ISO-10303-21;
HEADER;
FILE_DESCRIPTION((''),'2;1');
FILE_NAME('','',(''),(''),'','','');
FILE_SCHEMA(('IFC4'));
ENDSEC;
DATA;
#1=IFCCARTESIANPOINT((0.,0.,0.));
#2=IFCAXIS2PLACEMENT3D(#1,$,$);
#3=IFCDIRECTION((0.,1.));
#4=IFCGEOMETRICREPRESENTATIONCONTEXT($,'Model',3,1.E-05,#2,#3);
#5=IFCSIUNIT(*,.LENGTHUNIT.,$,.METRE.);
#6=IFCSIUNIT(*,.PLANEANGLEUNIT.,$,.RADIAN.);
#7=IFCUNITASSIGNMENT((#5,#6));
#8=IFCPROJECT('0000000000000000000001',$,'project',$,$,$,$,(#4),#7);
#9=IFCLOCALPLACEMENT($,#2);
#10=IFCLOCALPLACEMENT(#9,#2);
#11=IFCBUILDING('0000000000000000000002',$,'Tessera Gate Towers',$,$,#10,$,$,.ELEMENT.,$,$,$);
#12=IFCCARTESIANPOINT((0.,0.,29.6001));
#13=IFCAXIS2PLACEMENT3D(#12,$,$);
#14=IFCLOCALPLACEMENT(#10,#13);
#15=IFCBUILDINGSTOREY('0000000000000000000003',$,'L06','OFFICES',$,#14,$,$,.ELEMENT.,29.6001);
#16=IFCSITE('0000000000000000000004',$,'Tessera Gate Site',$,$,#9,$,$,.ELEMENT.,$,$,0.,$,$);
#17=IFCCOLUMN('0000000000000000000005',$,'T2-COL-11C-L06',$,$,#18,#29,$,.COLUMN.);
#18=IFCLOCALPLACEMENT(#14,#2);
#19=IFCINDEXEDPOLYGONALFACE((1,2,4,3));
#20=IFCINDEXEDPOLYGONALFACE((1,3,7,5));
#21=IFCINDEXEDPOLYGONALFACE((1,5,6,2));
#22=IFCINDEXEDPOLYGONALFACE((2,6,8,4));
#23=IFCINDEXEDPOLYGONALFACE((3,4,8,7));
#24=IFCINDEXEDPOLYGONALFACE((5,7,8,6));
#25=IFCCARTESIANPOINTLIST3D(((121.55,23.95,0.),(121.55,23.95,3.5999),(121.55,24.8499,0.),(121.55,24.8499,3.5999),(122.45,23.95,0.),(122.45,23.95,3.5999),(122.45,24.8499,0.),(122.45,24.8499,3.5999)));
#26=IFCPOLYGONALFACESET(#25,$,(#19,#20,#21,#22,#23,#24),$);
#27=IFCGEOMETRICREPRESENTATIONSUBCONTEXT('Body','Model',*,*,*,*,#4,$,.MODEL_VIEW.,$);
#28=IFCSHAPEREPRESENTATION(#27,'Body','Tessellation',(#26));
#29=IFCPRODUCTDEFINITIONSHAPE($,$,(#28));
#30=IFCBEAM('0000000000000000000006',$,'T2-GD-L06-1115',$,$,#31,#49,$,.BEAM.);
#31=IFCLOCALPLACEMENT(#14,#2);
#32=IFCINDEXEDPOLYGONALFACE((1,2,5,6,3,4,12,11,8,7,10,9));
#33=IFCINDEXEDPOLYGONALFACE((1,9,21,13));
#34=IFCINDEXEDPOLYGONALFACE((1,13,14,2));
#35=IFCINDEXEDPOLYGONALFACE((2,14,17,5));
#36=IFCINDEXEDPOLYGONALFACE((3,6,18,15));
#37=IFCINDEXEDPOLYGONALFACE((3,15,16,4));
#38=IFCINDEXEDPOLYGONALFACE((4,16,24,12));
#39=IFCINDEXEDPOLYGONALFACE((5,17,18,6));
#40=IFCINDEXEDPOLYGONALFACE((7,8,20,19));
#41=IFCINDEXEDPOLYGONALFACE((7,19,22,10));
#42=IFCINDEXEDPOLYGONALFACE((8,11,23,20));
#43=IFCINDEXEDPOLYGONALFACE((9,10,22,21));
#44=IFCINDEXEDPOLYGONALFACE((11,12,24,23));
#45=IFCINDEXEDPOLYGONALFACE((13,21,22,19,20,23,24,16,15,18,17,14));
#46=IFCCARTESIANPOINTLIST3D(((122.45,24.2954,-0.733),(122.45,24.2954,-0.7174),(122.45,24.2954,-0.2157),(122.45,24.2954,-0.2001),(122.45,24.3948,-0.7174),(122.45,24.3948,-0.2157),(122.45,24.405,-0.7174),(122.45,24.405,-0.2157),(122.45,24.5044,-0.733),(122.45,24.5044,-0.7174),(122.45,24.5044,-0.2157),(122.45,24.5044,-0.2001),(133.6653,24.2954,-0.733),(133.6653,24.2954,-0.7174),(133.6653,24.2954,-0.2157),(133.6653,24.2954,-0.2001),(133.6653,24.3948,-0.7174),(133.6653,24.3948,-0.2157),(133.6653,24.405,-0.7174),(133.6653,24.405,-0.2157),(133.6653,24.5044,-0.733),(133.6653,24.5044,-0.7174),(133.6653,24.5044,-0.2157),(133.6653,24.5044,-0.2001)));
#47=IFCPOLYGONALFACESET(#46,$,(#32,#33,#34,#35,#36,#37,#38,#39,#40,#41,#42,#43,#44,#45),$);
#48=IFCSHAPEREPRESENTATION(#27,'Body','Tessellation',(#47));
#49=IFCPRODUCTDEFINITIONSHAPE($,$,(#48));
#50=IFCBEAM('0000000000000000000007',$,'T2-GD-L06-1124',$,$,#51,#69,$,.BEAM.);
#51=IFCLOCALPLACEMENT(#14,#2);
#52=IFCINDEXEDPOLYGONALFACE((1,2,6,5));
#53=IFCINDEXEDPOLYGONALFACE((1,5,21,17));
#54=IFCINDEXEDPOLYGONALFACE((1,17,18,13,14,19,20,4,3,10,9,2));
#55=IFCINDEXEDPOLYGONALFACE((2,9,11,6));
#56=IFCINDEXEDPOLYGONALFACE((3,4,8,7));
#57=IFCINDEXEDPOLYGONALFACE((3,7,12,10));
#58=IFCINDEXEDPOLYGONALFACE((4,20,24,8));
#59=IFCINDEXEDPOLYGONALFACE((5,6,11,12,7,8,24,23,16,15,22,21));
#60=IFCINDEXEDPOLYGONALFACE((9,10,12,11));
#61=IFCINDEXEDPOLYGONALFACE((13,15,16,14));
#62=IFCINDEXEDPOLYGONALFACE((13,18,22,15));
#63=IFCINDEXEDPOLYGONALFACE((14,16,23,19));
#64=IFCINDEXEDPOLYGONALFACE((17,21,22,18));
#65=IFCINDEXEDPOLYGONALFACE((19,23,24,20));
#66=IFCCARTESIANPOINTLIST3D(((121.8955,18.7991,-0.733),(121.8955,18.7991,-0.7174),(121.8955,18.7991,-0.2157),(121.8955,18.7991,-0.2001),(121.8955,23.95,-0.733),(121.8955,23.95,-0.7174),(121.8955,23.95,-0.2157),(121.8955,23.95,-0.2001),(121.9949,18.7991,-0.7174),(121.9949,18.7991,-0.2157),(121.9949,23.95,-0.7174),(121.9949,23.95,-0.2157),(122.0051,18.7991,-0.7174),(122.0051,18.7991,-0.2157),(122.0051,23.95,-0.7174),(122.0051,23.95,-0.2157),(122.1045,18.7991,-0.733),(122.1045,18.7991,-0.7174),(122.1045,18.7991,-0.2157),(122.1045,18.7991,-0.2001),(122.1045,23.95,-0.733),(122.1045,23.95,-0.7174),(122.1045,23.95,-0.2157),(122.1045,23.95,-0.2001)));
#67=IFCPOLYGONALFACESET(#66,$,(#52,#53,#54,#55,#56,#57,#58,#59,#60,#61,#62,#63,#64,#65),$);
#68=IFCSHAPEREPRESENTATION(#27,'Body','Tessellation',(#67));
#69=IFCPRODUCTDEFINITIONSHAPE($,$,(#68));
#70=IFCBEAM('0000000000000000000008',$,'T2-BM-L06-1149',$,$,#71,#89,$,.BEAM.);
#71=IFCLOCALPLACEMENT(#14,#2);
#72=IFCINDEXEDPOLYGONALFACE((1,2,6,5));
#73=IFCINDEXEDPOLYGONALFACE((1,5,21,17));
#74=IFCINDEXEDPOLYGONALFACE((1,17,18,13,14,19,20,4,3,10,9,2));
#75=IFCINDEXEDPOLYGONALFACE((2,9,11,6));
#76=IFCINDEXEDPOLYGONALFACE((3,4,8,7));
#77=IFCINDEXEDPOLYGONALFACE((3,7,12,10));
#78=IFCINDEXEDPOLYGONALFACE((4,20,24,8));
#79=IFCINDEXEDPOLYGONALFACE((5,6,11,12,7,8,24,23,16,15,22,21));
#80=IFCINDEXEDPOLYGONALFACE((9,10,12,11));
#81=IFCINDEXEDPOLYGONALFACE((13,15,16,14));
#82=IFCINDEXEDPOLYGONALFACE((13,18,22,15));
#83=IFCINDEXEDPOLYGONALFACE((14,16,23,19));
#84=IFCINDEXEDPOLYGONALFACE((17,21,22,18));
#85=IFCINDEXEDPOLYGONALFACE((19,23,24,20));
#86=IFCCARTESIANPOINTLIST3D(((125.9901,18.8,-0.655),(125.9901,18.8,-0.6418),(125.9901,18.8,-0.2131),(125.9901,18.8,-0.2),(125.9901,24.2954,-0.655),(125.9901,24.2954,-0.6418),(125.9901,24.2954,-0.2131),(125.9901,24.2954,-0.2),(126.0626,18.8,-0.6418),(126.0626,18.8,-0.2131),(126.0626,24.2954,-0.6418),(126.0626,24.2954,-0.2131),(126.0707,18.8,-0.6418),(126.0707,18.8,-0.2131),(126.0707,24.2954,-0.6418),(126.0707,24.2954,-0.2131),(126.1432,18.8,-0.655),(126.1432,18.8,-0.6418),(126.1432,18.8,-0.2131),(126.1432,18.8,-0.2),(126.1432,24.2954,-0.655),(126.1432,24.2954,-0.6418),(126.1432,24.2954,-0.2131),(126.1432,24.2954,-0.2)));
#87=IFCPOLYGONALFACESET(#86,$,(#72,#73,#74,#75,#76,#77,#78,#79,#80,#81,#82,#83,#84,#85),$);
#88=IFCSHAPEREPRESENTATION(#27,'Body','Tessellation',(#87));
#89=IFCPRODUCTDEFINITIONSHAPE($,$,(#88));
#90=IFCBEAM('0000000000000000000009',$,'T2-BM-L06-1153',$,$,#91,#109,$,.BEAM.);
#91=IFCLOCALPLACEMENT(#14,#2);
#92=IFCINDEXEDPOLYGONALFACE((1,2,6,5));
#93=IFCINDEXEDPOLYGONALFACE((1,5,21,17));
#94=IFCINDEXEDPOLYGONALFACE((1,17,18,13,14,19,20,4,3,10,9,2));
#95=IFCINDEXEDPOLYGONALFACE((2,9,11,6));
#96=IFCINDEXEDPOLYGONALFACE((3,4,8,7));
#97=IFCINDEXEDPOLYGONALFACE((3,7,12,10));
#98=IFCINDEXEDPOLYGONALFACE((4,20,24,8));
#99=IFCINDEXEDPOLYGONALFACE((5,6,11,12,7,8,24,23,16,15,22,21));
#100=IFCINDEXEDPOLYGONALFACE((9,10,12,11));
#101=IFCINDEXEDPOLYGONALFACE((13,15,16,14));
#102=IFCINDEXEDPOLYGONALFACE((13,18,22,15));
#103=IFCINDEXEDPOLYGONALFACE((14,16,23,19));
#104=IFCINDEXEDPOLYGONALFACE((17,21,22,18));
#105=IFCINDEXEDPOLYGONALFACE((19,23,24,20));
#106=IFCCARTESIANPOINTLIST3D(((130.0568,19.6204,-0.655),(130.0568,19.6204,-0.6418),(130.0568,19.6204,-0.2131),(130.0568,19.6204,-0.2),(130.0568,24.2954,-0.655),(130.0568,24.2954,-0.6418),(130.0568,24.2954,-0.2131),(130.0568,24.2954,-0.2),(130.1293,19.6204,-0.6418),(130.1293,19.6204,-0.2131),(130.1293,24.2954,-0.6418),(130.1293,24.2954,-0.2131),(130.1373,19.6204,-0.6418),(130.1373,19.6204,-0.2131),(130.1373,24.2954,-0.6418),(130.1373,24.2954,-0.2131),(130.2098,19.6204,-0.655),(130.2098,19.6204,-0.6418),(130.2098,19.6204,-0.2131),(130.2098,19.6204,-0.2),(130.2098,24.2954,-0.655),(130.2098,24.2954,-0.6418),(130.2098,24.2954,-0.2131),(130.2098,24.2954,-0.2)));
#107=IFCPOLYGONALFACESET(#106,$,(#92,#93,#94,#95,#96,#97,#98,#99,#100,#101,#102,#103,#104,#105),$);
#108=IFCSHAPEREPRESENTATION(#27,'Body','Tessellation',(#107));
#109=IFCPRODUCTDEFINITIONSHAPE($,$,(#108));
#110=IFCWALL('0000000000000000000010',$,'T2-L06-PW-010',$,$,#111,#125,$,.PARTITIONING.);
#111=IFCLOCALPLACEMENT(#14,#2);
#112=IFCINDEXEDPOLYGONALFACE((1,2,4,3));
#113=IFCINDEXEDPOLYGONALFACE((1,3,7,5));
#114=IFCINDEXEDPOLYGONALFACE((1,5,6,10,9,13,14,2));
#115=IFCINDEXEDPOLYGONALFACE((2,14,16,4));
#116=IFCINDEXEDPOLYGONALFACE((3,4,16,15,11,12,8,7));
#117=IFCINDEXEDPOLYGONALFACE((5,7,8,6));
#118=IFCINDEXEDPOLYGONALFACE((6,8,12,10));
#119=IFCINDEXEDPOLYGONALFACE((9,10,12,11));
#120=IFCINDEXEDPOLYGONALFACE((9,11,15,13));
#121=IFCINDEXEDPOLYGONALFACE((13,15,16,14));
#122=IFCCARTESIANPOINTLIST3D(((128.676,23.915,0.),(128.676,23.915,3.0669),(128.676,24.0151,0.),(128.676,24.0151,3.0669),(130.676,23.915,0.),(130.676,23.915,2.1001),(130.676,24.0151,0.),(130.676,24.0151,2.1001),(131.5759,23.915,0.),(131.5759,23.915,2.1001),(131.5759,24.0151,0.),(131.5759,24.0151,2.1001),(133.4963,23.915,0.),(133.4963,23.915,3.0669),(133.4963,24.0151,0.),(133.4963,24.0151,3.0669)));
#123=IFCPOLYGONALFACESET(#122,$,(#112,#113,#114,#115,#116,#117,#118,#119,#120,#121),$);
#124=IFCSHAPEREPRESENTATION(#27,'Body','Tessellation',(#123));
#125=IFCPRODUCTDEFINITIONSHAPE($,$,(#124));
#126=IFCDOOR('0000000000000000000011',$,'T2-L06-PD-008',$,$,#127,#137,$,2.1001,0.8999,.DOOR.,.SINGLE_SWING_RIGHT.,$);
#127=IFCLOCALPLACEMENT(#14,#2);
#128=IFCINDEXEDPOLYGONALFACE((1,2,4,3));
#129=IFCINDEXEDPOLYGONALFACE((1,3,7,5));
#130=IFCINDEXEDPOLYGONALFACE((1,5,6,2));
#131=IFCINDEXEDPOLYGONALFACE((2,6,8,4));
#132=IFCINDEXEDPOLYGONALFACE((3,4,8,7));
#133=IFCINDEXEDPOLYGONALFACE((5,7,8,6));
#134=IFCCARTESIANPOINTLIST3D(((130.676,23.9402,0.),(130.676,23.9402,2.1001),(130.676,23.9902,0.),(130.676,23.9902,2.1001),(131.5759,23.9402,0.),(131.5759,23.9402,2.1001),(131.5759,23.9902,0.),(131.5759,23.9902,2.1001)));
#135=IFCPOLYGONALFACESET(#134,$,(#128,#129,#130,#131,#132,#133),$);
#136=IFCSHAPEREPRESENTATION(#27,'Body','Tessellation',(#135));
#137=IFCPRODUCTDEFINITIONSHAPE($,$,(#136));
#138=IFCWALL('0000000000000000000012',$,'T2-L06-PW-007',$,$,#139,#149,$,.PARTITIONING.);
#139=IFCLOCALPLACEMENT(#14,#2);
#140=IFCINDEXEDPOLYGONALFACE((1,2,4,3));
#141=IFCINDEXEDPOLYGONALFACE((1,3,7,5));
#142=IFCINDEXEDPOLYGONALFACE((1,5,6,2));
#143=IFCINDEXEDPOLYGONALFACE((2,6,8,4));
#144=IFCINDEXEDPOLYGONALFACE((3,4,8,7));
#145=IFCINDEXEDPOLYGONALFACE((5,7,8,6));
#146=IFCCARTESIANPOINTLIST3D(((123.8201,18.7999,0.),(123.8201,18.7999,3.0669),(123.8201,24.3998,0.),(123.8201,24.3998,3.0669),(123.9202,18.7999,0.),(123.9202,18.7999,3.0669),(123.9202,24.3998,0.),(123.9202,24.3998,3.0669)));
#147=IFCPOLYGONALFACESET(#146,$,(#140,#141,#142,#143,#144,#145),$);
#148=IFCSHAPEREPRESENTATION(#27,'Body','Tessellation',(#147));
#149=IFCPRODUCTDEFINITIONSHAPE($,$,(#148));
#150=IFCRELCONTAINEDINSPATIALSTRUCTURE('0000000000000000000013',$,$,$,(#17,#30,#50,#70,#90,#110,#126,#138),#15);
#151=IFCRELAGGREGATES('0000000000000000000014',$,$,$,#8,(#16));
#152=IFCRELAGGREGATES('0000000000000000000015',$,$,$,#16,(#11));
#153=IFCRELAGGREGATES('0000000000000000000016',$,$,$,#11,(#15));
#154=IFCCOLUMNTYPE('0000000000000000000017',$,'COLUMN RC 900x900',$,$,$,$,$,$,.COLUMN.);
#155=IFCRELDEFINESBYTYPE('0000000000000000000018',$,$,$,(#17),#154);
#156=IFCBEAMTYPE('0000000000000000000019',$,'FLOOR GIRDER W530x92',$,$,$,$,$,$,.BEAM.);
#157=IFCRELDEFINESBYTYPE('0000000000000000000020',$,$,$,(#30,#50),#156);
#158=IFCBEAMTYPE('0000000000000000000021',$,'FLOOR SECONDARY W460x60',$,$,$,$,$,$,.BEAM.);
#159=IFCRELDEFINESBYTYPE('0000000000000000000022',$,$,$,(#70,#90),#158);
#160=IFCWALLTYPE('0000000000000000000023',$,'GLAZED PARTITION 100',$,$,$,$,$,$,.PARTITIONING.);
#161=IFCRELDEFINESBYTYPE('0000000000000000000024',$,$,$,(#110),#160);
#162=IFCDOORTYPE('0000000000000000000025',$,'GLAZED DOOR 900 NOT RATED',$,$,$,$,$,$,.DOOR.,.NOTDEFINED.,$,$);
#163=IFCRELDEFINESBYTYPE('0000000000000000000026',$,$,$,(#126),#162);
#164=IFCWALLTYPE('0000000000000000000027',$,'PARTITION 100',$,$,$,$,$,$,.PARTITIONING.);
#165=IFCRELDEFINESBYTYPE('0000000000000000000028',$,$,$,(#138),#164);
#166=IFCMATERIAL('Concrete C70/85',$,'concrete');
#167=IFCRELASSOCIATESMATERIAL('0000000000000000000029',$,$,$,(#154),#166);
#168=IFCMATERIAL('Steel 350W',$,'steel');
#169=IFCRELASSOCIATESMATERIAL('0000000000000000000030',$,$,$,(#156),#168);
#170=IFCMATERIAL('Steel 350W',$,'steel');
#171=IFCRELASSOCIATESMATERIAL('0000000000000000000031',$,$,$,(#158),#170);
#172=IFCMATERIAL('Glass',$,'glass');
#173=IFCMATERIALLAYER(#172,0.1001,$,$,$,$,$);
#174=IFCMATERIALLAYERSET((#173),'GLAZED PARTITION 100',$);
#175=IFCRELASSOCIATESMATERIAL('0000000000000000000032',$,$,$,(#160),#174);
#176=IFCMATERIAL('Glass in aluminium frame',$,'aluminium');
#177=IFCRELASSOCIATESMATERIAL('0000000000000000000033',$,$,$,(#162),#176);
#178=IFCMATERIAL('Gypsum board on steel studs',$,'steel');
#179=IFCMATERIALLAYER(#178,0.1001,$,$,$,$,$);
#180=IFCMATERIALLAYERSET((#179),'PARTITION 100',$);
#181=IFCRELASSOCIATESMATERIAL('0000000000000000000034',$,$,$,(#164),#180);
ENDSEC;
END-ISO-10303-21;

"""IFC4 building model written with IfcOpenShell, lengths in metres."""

from ifc_helpers import new_model, si_unit, direction, frame, frame_2d, origin, origin_2d, place, context, subcontext, project, spatial, rectangle, i_section, extrude, source, transform, mapped, material, layer, layer_set, material_profile, profile_set, type_object, element, fill, save


model = new_model("IFC4")

# Units and contexts
model_context = context("Model", 3, precision=1e-05, world=origin(), true_north=direction((0.0, 1.0)))
body_context = subcontext(model_context, "Body", "Model", "MODEL_VIEW")
ifc_project = project(units=[si_unit("LENGTHUNIT", "METRE"), si_unit("PLANEANGLEUNIT", "RADIAN")], contexts=[model_context])

# Site, building, storey
site_placement = place(None, origin())
site = spatial("IfcSite", under=ifc_project, at=site_placement, Name="Tessera Gate Site", CompositionType="ELEMENT", RefElevation=0.0)
building_placement = place(site_placement, origin())
building = spatial("IfcBuilding", under=site, at=building_placement, Name="Tessera Gate Towers", CompositionType="ELEMENT")
storey_placement = place(building_placement, frame((0.0, 0.0, 29.6001)))
storey = spatial("IfcBuildingStorey", under=building, at=storey_placement, Name="L06", Description="OFFICES", CompositionType="ELEMENT", Elevation=29.6001)

# Column
ifc_material_1 = material(Name="Concrete C70/85", Category="concrete")
ifc_material_profile_1 = material_profile(ifc_material_1, rectangle(XDim=0.8999, YDim=0.8999, at=origin_2d()), Name="RC 900x900")
ifc_profile_set_1 = profile_set([ifc_material_profile_1], Name="Concrete C70/85")
column_type = type_object("IfcColumnType", Name="COLUMN RC 900x900", PredefinedType="COLUMN", material=ifc_profile_set_1)
column_placement = place(storey_placement, frame((122.0, 24.3999, 0.0), z_axis=(0.0, 0.0, 1.0), x_axis=(1.0, 0.0, 0.0)))
element("IfcColumn", 1, at=column_placement, inside=storey, type_object=column_type, Name="T2-COL-11C-L06", PredefinedType="COLUMN", context=body_context, shape_type="SweptSolid", body=[
    extrude(rectangle(XDim=0.8999, YDim=0.8999, at=origin_2d()), origin(), (0.0, 0.0, 1.0), 3.5999),
])

# Beams
ifc_material_2 = material(Name="Steel 350W", Category="steel")
ifc_material_profile_2 = material_profile(ifc_material_2, i_section(OverallWidth=0.209, OverallDepth=0.533, WebThickness=0.0103, FlangeThickness=0.0156, at=origin_2d()), Name="W530x92")
ifc_profile_set_2 = profile_set([ifc_material_profile_2], Name="Steel 350W")
beam_type_1 = type_object("IfcBeamType", Name="FLOOR GIRDER W530x92", PredefinedType="BEAM", material=ifc_profile_set_2)
beam_1_placement = place(storey_placement, frame((122.45, 24.3999, -0.4666), z_axis=(1.0, 0.0, 0.0), x_axis=(0.0, 1.0, 0.0)))
element("IfcBeam", 2, at=beam_1_placement, inside=storey, type_object=beam_type_1, Name="T2-GD-L06-1115", PredefinedType="BEAM", context=body_context, shape_type="SweptSolid", body=[
    extrude(i_section(OverallWidth=0.209, OverallDepth=0.533, WebThickness=0.0103, FlangeThickness=0.0156, at=origin_2d()), origin(), (0.0, 0.0, 1.0), 11.2153),
])
beam_2_placement = place(storey_placement, frame((122.0, 18.7991, -0.4666), z_axis=(0.0, 1.0, 0.0), x_axis=(-1.0, 0.0, 0.0)))
element("IfcBeam", 3, at=beam_2_placement, inside=storey, type_object=beam_type_1, Name="T2-GD-L06-1124", PredefinedType="BEAM", context=body_context, shape_type="SweptSolid", body=[
    extrude(i_section(OverallWidth=0.209, OverallDepth=0.533, WebThickness=0.0103, FlangeThickness=0.0156, at=origin_2d()), origin(), (0.0, 0.0, 1.0), 5.1509),
])
ifc_material_3 = material(Name="Steel 350W", Category="steel")
ifc_material_profile_3 = material_profile(ifc_material_3, i_section(OverallWidth=0.1531, OverallDepth=0.4551, WebThickness=0.0081, FlangeThickness=0.0132, at=origin_2d()), Name="W460x60")
ifc_profile_set_3 = profile_set([ifc_material_profile_3], Name="Steel 350W")
beam_type_2 = type_object("IfcBeamType", Name="FLOOR SECONDARY W460x60", PredefinedType="BEAM", material=ifc_profile_set_3)
beam_3_placement = place(storey_placement, frame((126.0667, 18.8, -0.4275), z_axis=(0.0, 1.0, 0.0), x_axis=(-1.0, 0.0, 0.0)))
element("IfcBeam", 4, at=beam_3_placement, inside=storey, type_object=beam_type_2, Name="T2-BM-L06-1149", PredefinedType="BEAM", context=body_context, shape_type="SweptSolid", body=[
    extrude(i_section(OverallWidth=0.1531, OverallDepth=0.4551, WebThickness=0.0081, FlangeThickness=0.0132, at=origin_2d()), origin(), (0.0, 0.0, 1.0), 5.4954),
])
beam_4_placement = place(storey_placement, frame((130.1333, 19.6204, -0.4275), z_axis=(0.0, 1.0, 0.0), x_axis=(-1.0, 0.0, 0.0)))
element("IfcBeam", 5, at=beam_4_placement, inside=storey, type_object=beam_type_2, Name="T2-BM-L06-1153", PredefinedType="BEAM", context=body_context, shape_type="SweptSolid", body=[
    extrude(i_section(OverallWidth=0.1531, OverallDepth=0.4551, WebThickness=0.0081, FlangeThickness=0.0132, at=origin_2d()), origin(), (0.0, 0.0, 1.0), 4.675),
])

# Wall, opening, door
ifc_material_4 = material(Name="Glass", Category="glass")
ifc_layer_1 = layer(ifc_material_4, 0.1001)
ifc_layer_set_1 = layer_set([ifc_layer_1], Name="GLAZED PARTITION 100")
wall_type_1 = type_object("IfcWallType", Name="GLAZED PARTITION 100", PredefinedType="PARTITIONING", material=ifc_layer_set_1)
wall_1_placement = place(storey_placement, frame((133.4963, 23.9651, 0.0), z_axis=(0.0, 0.0, 1.0), x_axis=(-1.0, 0.0, 0.0)))
wall_1 = element("IfcWall", 6, at=wall_1_placement, inside=storey, type_object=wall_type_1, Name="T2-L06-PW-010", PredefinedType="PARTITIONING", context=body_context, shape_type="SweptSolid", body=[
    extrude(rectangle(XDim=4.8203, YDim=0.1001, at=frame_2d((2.4102, 0.0))), origin(), (0.0, 0.0, 1.0), 3.0669),
])
shared_shape_1 = source(origin(), body_context, "Body", "SweptSolid", [
    extrude(rectangle(XDim=0.8999, YDim=2.1001, at=frame_2d((0.45, 1.05))), frame((0.0, 0.0601, 0.0), z_axis=(0.0, -1.0, 0.0), x_axis=(1.0, 0.0, 0.0)), (0.0, 0.0, 1.0), 0.1201),
])
opening_1_placement = place(wall_1_placement, frame((1.9204, 0.0, 0.0)))
opening_1 = element("IfcOpeningElement", 7, at=opening_1_placement, cuts=wall_1, PredefinedType="OPENING", context=body_context, shape_type="MappedRepresentation", body=[
    mapped(shared_shape_1, transform((0.0, 0.0, 0.0), scale=1.0)),
])
ifc_material_5 = material(Name="Glass in aluminium frame", Category="aluminium")
door_type_1 = type_object("IfcDoorType", Name="GLAZED DOOR 900 NOT RATED", OperationType="NOTDEFINED", PredefinedType="DOOR", material=ifc_material_5)
shared_shape_2 = source(origin(), body_context, "Body", "SweptSolid", [
    extrude(rectangle(XDim=0.8999, YDim=2.1001, at=frame_2d((0.45, 1.05))), frame((0.0, 0.0249, 0.0), z_axis=(0.0, -1.0, 0.0), x_axis=(1.0, 0.0, 0.0)), (0.0, 0.0, 1.0), 0.05),
])
door_1_placement = place(opening_1_placement, origin())
door_1 = element("IfcDoor", 8, at=door_1_placement, inside=storey, type_object=door_type_1, Name="T2-L06-PD-008", OperationType="SINGLE_SWING_RIGHT", OverallHeight=2.1001, OverallWidth=0.8999, PredefinedType="DOOR", context=body_context, shape_type="MappedRepresentation", body=[
    mapped(shared_shape_2, transform((0.0, 0.0, 0.0), scale=1.0)),
])
fill(opening_1, door_1)

# Wall
ifc_material_6 = material(Name="Gypsum board on steel studs", Category="steel")
ifc_layer_2 = layer(ifc_material_6, 0.1001)
ifc_layer_set_2 = layer_set([ifc_layer_2], Name="PARTITION 100")
wall_type_2 = type_object("IfcWallType", Name="PARTITION 100", PredefinedType="PARTITIONING", material=ifc_layer_set_2)
wall_2_placement = place(storey_placement, frame((123.8701, 18.8, 0.0), z_axis=(0.0, 0.0, 1.0), x_axis=(0.0, 1.0, 0.0)))
element("IfcWall", 9, at=wall_2_placement, inside=storey, type_object=wall_type_2, Name="T2-L06-PW-007", PredefinedType="PARTITIONING", context=body_context, shape_type="SweptSolid", body=[
    extrude(rectangle(XDim=5.5999, YDim=0.1001, at=frame_2d((2.7998, 0.0))), origin(), (0.0, 0.0, 1.0), 3.0669),
])

save(model, "model.ifc")
